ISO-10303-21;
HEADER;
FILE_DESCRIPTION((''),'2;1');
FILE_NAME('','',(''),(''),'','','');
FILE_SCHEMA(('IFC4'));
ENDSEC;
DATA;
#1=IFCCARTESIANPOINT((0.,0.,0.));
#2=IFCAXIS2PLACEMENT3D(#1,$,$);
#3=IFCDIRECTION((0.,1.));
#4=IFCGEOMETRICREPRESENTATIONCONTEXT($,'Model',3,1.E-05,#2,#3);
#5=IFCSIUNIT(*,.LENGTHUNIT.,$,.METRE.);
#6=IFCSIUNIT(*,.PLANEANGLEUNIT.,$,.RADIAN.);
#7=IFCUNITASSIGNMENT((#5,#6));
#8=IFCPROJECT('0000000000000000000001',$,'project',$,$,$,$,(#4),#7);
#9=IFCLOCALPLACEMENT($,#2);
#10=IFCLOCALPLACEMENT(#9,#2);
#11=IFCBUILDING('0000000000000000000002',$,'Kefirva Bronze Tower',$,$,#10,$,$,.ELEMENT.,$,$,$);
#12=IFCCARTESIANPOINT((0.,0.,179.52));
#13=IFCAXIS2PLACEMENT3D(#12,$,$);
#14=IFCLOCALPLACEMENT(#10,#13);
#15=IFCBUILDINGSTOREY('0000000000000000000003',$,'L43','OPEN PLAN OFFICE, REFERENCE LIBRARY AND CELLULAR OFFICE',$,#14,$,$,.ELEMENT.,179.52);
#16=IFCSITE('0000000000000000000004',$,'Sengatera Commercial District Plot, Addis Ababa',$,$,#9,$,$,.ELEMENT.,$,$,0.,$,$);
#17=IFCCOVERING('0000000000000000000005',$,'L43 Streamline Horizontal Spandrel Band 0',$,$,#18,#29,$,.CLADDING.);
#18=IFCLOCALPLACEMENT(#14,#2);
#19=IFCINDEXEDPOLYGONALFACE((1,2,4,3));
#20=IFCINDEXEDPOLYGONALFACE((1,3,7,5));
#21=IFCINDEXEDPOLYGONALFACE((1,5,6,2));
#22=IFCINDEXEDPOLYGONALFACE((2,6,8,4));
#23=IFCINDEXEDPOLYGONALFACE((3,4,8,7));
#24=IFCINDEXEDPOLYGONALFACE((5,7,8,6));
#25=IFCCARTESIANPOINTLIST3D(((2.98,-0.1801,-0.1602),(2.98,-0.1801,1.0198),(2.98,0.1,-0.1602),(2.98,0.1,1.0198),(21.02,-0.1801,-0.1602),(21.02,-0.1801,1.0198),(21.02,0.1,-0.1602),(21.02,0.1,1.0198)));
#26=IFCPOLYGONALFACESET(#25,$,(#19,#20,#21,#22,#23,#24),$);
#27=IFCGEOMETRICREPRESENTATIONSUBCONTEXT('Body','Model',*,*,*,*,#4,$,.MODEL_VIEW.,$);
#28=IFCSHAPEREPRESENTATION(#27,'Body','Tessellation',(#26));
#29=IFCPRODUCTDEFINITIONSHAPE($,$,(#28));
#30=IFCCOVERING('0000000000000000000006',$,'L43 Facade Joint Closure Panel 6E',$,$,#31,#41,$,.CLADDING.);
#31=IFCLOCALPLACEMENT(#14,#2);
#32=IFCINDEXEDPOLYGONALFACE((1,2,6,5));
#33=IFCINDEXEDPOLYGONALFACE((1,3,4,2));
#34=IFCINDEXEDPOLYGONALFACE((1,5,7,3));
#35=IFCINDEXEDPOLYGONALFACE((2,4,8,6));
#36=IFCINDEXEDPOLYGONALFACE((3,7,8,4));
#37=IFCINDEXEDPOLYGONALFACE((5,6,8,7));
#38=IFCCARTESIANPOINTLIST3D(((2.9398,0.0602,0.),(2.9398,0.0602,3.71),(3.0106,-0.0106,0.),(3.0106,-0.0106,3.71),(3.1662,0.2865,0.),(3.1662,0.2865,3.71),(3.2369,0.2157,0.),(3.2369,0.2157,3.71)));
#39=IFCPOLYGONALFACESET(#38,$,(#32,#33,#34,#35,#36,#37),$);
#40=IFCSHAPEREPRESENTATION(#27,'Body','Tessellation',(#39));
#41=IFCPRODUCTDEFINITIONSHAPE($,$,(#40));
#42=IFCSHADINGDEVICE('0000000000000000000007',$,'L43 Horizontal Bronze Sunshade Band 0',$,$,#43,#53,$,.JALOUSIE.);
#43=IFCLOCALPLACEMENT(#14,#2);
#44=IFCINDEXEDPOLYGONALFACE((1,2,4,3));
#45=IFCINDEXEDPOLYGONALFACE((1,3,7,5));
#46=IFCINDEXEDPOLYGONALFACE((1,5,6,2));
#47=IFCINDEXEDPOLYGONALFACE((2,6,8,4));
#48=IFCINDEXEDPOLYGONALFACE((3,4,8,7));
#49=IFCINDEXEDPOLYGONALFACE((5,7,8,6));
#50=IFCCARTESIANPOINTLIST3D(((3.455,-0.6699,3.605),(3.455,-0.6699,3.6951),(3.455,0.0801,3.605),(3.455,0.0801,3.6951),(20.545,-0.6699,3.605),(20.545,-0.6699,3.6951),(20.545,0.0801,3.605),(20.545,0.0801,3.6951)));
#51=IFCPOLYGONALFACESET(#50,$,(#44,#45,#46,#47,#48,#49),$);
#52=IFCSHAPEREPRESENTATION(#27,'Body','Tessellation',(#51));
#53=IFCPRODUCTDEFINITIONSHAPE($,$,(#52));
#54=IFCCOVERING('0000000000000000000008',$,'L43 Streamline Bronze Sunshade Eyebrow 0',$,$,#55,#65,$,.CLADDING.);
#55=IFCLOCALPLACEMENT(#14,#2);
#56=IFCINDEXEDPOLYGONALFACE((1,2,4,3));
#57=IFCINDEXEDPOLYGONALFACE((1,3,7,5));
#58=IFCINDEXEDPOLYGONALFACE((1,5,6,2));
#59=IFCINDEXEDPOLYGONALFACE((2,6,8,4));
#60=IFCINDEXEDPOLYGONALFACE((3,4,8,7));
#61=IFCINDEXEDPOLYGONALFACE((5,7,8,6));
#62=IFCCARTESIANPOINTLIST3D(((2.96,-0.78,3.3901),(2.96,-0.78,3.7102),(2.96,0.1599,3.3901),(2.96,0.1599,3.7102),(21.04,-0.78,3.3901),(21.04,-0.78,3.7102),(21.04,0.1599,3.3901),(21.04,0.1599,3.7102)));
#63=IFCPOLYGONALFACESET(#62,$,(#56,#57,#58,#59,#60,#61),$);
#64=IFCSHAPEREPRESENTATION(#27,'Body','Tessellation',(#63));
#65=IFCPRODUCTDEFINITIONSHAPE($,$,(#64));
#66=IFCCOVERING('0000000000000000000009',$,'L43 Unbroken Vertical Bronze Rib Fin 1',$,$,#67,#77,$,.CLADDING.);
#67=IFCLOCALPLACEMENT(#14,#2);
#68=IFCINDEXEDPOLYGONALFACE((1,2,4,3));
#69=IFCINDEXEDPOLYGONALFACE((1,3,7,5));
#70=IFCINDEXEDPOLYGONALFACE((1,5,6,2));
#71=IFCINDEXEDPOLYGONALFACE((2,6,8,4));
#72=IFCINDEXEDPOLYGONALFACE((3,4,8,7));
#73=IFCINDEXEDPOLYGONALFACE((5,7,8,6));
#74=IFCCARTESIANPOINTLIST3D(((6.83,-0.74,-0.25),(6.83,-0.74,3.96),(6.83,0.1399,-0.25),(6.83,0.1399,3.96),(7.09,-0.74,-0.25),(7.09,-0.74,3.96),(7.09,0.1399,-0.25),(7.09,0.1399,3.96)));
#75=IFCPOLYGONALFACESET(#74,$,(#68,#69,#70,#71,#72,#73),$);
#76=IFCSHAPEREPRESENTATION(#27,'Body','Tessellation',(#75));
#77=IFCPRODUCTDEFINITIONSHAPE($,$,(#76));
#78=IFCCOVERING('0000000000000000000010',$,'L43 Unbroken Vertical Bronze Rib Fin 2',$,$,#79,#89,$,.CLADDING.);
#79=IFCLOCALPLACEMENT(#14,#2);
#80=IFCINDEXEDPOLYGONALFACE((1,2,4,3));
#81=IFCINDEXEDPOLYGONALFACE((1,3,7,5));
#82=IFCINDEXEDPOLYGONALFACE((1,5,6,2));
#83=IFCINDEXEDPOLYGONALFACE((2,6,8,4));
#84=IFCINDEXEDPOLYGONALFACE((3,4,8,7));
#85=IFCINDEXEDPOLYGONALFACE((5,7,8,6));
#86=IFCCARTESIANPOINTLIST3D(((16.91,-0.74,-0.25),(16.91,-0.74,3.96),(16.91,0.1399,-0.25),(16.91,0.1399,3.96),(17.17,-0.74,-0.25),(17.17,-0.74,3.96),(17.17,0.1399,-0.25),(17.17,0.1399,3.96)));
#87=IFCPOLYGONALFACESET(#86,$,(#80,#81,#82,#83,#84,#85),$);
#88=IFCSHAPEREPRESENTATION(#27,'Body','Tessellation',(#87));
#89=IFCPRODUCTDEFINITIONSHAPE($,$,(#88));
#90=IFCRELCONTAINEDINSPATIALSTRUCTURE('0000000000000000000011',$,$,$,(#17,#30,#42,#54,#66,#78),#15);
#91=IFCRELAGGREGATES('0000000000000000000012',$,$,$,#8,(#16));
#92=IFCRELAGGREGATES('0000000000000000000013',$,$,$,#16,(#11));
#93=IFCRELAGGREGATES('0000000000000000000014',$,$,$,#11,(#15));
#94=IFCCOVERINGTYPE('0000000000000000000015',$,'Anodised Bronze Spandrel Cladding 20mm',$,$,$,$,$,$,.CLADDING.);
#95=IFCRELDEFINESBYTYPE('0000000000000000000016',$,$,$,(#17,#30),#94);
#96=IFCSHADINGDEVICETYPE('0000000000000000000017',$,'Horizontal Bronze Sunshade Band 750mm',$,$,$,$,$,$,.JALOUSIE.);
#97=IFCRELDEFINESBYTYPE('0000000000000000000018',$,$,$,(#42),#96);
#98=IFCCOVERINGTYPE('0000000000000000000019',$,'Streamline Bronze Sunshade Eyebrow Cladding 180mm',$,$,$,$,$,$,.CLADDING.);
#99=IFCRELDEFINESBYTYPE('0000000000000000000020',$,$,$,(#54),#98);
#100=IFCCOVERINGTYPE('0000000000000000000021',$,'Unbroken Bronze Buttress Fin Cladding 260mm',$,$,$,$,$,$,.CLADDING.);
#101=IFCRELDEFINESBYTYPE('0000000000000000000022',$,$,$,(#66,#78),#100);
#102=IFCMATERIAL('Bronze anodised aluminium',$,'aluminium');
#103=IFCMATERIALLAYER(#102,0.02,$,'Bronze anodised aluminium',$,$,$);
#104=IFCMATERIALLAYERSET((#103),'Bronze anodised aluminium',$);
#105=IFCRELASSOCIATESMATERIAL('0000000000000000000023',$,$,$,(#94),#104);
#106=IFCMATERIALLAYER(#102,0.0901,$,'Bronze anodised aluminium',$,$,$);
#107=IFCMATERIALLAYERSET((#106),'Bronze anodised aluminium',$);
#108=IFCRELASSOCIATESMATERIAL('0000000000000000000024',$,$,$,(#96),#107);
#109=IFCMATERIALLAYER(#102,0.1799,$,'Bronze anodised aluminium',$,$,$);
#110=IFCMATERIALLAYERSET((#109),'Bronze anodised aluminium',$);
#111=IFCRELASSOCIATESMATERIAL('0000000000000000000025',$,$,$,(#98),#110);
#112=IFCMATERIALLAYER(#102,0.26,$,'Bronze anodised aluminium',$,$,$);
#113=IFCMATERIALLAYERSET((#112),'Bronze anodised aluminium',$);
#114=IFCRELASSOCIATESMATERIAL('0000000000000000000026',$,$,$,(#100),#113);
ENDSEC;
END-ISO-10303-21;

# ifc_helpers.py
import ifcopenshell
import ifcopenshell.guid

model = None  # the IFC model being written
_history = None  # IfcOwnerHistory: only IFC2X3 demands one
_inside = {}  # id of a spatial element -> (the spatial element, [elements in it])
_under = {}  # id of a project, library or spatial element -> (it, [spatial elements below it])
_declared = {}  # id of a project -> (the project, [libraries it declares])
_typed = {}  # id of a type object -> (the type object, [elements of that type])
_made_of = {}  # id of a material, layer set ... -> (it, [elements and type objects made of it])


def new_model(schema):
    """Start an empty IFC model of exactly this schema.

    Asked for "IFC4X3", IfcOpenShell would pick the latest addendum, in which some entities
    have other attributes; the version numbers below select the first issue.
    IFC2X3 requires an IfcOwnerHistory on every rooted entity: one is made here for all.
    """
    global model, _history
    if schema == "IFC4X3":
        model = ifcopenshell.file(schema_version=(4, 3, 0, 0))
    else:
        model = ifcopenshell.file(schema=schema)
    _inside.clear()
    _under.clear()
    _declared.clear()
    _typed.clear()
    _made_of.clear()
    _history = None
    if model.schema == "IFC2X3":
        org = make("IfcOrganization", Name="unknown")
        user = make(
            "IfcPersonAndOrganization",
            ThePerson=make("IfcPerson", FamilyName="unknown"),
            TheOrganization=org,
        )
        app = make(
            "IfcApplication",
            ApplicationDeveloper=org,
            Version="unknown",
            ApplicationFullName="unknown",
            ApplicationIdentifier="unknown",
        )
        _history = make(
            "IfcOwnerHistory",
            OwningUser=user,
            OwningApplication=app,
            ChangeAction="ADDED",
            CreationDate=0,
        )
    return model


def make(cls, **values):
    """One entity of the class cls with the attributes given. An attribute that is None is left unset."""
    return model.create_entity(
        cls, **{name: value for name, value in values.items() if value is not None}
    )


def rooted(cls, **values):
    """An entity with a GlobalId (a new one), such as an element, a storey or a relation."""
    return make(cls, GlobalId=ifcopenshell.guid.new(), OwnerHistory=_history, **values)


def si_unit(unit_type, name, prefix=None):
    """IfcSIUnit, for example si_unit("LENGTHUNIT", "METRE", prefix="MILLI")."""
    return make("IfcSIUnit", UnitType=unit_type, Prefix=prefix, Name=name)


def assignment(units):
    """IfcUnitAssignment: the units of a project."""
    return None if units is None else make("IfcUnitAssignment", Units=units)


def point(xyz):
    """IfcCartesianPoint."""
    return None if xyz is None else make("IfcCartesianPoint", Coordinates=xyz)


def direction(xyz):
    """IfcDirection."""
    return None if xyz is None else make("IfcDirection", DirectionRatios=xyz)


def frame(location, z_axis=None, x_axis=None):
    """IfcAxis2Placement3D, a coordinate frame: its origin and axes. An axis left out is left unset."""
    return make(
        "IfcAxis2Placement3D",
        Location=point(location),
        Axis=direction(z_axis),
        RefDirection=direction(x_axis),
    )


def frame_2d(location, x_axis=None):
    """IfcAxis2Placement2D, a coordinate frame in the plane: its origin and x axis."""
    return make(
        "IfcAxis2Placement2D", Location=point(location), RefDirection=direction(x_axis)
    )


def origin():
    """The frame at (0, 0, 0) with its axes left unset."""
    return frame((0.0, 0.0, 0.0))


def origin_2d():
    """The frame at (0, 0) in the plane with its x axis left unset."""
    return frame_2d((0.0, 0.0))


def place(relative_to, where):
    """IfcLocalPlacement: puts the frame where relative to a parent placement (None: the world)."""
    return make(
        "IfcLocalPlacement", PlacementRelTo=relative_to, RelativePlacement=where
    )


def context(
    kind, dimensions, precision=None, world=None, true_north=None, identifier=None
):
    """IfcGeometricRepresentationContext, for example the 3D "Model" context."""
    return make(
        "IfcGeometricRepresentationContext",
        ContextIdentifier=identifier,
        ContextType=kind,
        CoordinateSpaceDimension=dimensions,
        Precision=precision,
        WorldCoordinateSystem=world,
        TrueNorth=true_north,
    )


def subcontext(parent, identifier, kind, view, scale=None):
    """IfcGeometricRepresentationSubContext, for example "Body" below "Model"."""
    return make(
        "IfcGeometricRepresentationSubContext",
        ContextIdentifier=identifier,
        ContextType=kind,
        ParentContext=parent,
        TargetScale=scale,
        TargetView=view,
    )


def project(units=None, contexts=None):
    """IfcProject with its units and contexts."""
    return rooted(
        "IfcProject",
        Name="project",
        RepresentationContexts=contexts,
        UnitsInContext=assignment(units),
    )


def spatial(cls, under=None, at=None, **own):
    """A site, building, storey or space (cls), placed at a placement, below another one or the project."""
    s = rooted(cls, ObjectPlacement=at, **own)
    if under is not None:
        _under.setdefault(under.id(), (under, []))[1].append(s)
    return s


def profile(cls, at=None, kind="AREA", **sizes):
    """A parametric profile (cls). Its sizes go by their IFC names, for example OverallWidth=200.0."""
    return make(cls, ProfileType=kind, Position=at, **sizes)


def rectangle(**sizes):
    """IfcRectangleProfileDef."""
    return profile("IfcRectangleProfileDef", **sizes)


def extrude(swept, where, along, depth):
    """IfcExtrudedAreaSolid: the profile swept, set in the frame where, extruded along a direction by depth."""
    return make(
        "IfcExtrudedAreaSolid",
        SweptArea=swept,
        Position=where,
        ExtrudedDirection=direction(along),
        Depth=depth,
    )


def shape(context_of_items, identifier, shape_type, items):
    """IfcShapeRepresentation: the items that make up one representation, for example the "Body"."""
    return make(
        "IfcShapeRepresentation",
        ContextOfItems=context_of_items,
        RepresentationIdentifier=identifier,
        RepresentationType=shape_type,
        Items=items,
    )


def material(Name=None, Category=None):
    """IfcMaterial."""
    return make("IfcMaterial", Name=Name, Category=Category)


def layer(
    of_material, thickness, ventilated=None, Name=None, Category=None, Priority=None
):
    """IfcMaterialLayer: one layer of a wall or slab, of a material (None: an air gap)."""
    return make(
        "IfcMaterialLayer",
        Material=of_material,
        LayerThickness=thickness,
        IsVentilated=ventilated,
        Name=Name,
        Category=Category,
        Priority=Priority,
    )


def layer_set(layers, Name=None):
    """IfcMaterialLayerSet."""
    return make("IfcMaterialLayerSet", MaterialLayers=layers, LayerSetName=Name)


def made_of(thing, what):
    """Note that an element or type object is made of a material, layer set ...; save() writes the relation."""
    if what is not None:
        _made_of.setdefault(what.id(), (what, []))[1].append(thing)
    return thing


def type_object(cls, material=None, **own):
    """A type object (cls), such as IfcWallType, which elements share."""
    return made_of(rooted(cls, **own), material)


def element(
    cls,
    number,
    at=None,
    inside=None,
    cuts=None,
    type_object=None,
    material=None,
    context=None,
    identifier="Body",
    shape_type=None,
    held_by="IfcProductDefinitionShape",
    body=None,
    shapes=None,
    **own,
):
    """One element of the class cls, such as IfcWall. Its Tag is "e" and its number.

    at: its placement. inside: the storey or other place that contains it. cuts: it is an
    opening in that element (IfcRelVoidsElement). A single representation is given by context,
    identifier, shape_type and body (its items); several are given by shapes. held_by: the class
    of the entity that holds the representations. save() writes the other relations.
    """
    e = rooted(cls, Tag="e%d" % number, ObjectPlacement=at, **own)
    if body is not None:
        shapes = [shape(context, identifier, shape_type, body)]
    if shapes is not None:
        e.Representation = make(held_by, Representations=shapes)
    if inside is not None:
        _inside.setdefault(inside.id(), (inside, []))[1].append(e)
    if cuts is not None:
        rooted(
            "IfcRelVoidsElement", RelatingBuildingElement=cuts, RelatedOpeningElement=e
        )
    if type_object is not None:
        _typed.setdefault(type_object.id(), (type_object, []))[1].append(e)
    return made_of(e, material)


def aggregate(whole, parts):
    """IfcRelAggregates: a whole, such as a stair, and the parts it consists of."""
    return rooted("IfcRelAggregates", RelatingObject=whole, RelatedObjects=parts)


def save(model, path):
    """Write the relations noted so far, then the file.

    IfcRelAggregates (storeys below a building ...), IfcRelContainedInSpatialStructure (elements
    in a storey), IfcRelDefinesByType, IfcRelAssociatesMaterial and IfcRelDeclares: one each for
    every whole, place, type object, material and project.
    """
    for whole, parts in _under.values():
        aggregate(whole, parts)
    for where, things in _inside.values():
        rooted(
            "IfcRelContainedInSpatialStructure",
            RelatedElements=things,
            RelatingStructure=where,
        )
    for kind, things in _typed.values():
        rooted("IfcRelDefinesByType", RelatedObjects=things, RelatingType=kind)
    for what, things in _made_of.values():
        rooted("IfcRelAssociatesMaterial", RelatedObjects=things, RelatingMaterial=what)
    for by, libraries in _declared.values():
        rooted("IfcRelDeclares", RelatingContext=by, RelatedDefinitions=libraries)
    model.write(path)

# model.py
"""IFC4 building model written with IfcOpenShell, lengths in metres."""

from ifc_helpers import new_model, si_unit, direction, frame, origin, origin_2d, place, context, subcontext, project, spatial, rectangle, extrude, material, layer, layer_set, type_object, element, save


model = new_model("IFC4")

# Units and contexts
model_context = context("Model", 3, precision=1e-05, world=origin(), true_north=direction((0.0, 1.0)))
body_context = subcontext(model_context, "Body", "Model", "MODEL_VIEW")
ifc_project = project(units=[si_unit("LENGTHUNIT", "METRE"), si_unit("PLANEANGLEUNIT", "RADIAN")], contexts=[model_context])

# Site, building, storey
site_placement = place(None, origin())
site = spatial("IfcSite", under=ifc_project, at=site_placement, Name="Sengatera Commercial District Plot, Addis Ababa", CompositionType="ELEMENT", RefElevation=0.0)
building_placement = place(site_placement, origin())
building = spatial("IfcBuilding", under=site, at=building_placement, Name="Kefirva Bronze Tower", CompositionType="ELEMENT")
storey_placement = place(building_placement, frame((0.0, 0.0, 179.52)))
storey = spatial("IfcBuildingStorey", under=building, at=storey_placement, Name="L43", Description="OPEN PLAN OFFICE, REFERENCE LIBRARY AND CELLULAR OFFICE", CompositionType="ELEMENT", Elevation=179.52)

# Shared definitions
ifc_material_1 = material(Name="Bronze anodised aluminium", Category="aluminium")

# Coverings
ifc_layer_1 = layer(ifc_material_1, 0.02, Name="Bronze anodised aluminium")
ifc_layer_set_1 = layer_set([ifc_layer_1], Name="Bronze anodised aluminium")
covering_type_1 = type_object("IfcCoveringType", Name="Anodised Bronze Spandrel Cladding 20mm", PredefinedType="CLADDING", material=ifc_layer_set_1)
covering_1_placement = place(storey_placement, frame((12.0, -0.04, -0.1602), z_axis=(0.0, 0.0, 1.0), x_axis=(1.0, 0.0, 0.0)))
element("IfcCovering", 1, at=covering_1_placement, inside=storey, type_object=covering_type_1, Name="L43 Streamline Horizontal Spandrel Band 0", PredefinedType="CLADDING", context=body_context, shape_type="SweptSolid", body=[
    extrude(rectangle(XDim=18.04, YDim=0.28, at=origin_2d()), origin(), (0.0, 0.0, 1.0), 1.1799),
])
covering_2_placement = place(storey_placement, frame((3.0884, 0.1379, 0.0), z_axis=(0.0, 0.0, 1.0), x_axis=(0.707107, -0.707107, 0.0)))
element("IfcCovering", 2, at=covering_2_placement, inside=storey, type_object=covering_type_1, Name="L43 Facade Joint Closure Panel 6E", PredefinedType="CLADDING", context=body_context, shape_type="SweptSolid", body=[
    extrude(rectangle(XDim=0.1001, YDim=0.3201, at=origin_2d()), origin(), (0.0, 0.0, 1.0), 3.71),
])

# Shading device
ifc_layer_2 = layer(ifc_material_1, 0.0901, Name="Bronze anodised aluminium")
ifc_layer_set_2 = layer_set([ifc_layer_2], Name="Bronze anodised aluminium")
shading_device_type = type_object("IfcShadingDeviceType", Name="Horizontal Bronze Sunshade Band 750mm", PredefinedType="JALOUSIE", material=ifc_layer_set_2)
shading_device_placement = place(storey_placement, frame((12.0, -0.2949, 3.605), z_axis=(0.0, 0.0, 1.0), x_axis=(1.0, 0.0, 0.0)))
element("IfcShadingDevice", 3, at=shading_device_placement, inside=storey, type_object=shading_device_type, Name="L43 Horizontal Bronze Sunshade Band 0", PredefinedType="JALOUSIE", context=body_context, shape_type="SweptSolid", body=[
    extrude(rectangle(XDim=17.0901, YDim=0.75, at=origin_2d()), origin(), (0.0, 0.0, 1.0), 0.0901),
])

# Coverings
ifc_layer_3 = layer(ifc_material_1, 0.1799, Name="Bronze anodised aluminium")
ifc_layer_set_3 = layer_set([ifc_layer_3], Name="Bronze anodised aluminium")
covering_type_2 = type_object("IfcCoveringType", Name="Streamline Bronze Sunshade Eyebrow Cladding 180mm", PredefinedType="CLADDING", material=ifc_layer_set_3)
covering_3_placement = place(storey_placement, frame((12.0, -0.3101, 3.3901), z_axis=(0.0, 0.0, 1.0), x_axis=(1.0, 0.0, 0.0)))
element("IfcCovering", 4, at=covering_3_placement, inside=storey, type_object=covering_type_2, Name="L43 Streamline Bronze Sunshade Eyebrow 0", PredefinedType="CLADDING", context=body_context, shape_type="SweptSolid", body=[
    extrude(rectangle(XDim=18.0801, YDim=0.9399, at=origin_2d()), origin(), (0.0, 0.0, 1.0), 0.3201),
])
ifc_layer_4 = layer(ifc_material_1, 0.26, Name="Bronze anodised aluminium")
ifc_layer_set_4 = layer_set([ifc_layer_4], Name="Bronze anodised aluminium")
covering_type_3 = type_object("IfcCoveringType", Name="Unbroken Bronze Buttress Fin Cladding 260mm", PredefinedType="CLADDING", material=ifc_layer_set_4)
for number, where, z_axis, x_axis, name in (
    (5, (6.96, -0.3, -0.25), (0.0, 0.0, 1.0), (1.0, 0.0, 0.0), "L43 Unbroken Vertical Bronze Rib Fin 1"),
    (6, (17.04, -0.3, -0.25), (0.0, 0.0, 1.0), (1.0, 0.0, 0.0), "L43 Unbroken Vertical Bronze Rib Fin 2"),
):
    element("IfcCovering", number, at=place(storey_placement, frame(where, z_axis=z_axis, x_axis=x_axis)), inside=storey, type_object=covering_type_3, Name=name, PredefinedType="CLADDING", context=body_context, shape_type="SweptSolid", body=[
        extrude(rectangle(XDim=0.26, YDim=0.8799, at=origin_2d()), origin(), (0.0, 0.0, 1.0), 4.21),
    ])

save(model, "model.ifc")
